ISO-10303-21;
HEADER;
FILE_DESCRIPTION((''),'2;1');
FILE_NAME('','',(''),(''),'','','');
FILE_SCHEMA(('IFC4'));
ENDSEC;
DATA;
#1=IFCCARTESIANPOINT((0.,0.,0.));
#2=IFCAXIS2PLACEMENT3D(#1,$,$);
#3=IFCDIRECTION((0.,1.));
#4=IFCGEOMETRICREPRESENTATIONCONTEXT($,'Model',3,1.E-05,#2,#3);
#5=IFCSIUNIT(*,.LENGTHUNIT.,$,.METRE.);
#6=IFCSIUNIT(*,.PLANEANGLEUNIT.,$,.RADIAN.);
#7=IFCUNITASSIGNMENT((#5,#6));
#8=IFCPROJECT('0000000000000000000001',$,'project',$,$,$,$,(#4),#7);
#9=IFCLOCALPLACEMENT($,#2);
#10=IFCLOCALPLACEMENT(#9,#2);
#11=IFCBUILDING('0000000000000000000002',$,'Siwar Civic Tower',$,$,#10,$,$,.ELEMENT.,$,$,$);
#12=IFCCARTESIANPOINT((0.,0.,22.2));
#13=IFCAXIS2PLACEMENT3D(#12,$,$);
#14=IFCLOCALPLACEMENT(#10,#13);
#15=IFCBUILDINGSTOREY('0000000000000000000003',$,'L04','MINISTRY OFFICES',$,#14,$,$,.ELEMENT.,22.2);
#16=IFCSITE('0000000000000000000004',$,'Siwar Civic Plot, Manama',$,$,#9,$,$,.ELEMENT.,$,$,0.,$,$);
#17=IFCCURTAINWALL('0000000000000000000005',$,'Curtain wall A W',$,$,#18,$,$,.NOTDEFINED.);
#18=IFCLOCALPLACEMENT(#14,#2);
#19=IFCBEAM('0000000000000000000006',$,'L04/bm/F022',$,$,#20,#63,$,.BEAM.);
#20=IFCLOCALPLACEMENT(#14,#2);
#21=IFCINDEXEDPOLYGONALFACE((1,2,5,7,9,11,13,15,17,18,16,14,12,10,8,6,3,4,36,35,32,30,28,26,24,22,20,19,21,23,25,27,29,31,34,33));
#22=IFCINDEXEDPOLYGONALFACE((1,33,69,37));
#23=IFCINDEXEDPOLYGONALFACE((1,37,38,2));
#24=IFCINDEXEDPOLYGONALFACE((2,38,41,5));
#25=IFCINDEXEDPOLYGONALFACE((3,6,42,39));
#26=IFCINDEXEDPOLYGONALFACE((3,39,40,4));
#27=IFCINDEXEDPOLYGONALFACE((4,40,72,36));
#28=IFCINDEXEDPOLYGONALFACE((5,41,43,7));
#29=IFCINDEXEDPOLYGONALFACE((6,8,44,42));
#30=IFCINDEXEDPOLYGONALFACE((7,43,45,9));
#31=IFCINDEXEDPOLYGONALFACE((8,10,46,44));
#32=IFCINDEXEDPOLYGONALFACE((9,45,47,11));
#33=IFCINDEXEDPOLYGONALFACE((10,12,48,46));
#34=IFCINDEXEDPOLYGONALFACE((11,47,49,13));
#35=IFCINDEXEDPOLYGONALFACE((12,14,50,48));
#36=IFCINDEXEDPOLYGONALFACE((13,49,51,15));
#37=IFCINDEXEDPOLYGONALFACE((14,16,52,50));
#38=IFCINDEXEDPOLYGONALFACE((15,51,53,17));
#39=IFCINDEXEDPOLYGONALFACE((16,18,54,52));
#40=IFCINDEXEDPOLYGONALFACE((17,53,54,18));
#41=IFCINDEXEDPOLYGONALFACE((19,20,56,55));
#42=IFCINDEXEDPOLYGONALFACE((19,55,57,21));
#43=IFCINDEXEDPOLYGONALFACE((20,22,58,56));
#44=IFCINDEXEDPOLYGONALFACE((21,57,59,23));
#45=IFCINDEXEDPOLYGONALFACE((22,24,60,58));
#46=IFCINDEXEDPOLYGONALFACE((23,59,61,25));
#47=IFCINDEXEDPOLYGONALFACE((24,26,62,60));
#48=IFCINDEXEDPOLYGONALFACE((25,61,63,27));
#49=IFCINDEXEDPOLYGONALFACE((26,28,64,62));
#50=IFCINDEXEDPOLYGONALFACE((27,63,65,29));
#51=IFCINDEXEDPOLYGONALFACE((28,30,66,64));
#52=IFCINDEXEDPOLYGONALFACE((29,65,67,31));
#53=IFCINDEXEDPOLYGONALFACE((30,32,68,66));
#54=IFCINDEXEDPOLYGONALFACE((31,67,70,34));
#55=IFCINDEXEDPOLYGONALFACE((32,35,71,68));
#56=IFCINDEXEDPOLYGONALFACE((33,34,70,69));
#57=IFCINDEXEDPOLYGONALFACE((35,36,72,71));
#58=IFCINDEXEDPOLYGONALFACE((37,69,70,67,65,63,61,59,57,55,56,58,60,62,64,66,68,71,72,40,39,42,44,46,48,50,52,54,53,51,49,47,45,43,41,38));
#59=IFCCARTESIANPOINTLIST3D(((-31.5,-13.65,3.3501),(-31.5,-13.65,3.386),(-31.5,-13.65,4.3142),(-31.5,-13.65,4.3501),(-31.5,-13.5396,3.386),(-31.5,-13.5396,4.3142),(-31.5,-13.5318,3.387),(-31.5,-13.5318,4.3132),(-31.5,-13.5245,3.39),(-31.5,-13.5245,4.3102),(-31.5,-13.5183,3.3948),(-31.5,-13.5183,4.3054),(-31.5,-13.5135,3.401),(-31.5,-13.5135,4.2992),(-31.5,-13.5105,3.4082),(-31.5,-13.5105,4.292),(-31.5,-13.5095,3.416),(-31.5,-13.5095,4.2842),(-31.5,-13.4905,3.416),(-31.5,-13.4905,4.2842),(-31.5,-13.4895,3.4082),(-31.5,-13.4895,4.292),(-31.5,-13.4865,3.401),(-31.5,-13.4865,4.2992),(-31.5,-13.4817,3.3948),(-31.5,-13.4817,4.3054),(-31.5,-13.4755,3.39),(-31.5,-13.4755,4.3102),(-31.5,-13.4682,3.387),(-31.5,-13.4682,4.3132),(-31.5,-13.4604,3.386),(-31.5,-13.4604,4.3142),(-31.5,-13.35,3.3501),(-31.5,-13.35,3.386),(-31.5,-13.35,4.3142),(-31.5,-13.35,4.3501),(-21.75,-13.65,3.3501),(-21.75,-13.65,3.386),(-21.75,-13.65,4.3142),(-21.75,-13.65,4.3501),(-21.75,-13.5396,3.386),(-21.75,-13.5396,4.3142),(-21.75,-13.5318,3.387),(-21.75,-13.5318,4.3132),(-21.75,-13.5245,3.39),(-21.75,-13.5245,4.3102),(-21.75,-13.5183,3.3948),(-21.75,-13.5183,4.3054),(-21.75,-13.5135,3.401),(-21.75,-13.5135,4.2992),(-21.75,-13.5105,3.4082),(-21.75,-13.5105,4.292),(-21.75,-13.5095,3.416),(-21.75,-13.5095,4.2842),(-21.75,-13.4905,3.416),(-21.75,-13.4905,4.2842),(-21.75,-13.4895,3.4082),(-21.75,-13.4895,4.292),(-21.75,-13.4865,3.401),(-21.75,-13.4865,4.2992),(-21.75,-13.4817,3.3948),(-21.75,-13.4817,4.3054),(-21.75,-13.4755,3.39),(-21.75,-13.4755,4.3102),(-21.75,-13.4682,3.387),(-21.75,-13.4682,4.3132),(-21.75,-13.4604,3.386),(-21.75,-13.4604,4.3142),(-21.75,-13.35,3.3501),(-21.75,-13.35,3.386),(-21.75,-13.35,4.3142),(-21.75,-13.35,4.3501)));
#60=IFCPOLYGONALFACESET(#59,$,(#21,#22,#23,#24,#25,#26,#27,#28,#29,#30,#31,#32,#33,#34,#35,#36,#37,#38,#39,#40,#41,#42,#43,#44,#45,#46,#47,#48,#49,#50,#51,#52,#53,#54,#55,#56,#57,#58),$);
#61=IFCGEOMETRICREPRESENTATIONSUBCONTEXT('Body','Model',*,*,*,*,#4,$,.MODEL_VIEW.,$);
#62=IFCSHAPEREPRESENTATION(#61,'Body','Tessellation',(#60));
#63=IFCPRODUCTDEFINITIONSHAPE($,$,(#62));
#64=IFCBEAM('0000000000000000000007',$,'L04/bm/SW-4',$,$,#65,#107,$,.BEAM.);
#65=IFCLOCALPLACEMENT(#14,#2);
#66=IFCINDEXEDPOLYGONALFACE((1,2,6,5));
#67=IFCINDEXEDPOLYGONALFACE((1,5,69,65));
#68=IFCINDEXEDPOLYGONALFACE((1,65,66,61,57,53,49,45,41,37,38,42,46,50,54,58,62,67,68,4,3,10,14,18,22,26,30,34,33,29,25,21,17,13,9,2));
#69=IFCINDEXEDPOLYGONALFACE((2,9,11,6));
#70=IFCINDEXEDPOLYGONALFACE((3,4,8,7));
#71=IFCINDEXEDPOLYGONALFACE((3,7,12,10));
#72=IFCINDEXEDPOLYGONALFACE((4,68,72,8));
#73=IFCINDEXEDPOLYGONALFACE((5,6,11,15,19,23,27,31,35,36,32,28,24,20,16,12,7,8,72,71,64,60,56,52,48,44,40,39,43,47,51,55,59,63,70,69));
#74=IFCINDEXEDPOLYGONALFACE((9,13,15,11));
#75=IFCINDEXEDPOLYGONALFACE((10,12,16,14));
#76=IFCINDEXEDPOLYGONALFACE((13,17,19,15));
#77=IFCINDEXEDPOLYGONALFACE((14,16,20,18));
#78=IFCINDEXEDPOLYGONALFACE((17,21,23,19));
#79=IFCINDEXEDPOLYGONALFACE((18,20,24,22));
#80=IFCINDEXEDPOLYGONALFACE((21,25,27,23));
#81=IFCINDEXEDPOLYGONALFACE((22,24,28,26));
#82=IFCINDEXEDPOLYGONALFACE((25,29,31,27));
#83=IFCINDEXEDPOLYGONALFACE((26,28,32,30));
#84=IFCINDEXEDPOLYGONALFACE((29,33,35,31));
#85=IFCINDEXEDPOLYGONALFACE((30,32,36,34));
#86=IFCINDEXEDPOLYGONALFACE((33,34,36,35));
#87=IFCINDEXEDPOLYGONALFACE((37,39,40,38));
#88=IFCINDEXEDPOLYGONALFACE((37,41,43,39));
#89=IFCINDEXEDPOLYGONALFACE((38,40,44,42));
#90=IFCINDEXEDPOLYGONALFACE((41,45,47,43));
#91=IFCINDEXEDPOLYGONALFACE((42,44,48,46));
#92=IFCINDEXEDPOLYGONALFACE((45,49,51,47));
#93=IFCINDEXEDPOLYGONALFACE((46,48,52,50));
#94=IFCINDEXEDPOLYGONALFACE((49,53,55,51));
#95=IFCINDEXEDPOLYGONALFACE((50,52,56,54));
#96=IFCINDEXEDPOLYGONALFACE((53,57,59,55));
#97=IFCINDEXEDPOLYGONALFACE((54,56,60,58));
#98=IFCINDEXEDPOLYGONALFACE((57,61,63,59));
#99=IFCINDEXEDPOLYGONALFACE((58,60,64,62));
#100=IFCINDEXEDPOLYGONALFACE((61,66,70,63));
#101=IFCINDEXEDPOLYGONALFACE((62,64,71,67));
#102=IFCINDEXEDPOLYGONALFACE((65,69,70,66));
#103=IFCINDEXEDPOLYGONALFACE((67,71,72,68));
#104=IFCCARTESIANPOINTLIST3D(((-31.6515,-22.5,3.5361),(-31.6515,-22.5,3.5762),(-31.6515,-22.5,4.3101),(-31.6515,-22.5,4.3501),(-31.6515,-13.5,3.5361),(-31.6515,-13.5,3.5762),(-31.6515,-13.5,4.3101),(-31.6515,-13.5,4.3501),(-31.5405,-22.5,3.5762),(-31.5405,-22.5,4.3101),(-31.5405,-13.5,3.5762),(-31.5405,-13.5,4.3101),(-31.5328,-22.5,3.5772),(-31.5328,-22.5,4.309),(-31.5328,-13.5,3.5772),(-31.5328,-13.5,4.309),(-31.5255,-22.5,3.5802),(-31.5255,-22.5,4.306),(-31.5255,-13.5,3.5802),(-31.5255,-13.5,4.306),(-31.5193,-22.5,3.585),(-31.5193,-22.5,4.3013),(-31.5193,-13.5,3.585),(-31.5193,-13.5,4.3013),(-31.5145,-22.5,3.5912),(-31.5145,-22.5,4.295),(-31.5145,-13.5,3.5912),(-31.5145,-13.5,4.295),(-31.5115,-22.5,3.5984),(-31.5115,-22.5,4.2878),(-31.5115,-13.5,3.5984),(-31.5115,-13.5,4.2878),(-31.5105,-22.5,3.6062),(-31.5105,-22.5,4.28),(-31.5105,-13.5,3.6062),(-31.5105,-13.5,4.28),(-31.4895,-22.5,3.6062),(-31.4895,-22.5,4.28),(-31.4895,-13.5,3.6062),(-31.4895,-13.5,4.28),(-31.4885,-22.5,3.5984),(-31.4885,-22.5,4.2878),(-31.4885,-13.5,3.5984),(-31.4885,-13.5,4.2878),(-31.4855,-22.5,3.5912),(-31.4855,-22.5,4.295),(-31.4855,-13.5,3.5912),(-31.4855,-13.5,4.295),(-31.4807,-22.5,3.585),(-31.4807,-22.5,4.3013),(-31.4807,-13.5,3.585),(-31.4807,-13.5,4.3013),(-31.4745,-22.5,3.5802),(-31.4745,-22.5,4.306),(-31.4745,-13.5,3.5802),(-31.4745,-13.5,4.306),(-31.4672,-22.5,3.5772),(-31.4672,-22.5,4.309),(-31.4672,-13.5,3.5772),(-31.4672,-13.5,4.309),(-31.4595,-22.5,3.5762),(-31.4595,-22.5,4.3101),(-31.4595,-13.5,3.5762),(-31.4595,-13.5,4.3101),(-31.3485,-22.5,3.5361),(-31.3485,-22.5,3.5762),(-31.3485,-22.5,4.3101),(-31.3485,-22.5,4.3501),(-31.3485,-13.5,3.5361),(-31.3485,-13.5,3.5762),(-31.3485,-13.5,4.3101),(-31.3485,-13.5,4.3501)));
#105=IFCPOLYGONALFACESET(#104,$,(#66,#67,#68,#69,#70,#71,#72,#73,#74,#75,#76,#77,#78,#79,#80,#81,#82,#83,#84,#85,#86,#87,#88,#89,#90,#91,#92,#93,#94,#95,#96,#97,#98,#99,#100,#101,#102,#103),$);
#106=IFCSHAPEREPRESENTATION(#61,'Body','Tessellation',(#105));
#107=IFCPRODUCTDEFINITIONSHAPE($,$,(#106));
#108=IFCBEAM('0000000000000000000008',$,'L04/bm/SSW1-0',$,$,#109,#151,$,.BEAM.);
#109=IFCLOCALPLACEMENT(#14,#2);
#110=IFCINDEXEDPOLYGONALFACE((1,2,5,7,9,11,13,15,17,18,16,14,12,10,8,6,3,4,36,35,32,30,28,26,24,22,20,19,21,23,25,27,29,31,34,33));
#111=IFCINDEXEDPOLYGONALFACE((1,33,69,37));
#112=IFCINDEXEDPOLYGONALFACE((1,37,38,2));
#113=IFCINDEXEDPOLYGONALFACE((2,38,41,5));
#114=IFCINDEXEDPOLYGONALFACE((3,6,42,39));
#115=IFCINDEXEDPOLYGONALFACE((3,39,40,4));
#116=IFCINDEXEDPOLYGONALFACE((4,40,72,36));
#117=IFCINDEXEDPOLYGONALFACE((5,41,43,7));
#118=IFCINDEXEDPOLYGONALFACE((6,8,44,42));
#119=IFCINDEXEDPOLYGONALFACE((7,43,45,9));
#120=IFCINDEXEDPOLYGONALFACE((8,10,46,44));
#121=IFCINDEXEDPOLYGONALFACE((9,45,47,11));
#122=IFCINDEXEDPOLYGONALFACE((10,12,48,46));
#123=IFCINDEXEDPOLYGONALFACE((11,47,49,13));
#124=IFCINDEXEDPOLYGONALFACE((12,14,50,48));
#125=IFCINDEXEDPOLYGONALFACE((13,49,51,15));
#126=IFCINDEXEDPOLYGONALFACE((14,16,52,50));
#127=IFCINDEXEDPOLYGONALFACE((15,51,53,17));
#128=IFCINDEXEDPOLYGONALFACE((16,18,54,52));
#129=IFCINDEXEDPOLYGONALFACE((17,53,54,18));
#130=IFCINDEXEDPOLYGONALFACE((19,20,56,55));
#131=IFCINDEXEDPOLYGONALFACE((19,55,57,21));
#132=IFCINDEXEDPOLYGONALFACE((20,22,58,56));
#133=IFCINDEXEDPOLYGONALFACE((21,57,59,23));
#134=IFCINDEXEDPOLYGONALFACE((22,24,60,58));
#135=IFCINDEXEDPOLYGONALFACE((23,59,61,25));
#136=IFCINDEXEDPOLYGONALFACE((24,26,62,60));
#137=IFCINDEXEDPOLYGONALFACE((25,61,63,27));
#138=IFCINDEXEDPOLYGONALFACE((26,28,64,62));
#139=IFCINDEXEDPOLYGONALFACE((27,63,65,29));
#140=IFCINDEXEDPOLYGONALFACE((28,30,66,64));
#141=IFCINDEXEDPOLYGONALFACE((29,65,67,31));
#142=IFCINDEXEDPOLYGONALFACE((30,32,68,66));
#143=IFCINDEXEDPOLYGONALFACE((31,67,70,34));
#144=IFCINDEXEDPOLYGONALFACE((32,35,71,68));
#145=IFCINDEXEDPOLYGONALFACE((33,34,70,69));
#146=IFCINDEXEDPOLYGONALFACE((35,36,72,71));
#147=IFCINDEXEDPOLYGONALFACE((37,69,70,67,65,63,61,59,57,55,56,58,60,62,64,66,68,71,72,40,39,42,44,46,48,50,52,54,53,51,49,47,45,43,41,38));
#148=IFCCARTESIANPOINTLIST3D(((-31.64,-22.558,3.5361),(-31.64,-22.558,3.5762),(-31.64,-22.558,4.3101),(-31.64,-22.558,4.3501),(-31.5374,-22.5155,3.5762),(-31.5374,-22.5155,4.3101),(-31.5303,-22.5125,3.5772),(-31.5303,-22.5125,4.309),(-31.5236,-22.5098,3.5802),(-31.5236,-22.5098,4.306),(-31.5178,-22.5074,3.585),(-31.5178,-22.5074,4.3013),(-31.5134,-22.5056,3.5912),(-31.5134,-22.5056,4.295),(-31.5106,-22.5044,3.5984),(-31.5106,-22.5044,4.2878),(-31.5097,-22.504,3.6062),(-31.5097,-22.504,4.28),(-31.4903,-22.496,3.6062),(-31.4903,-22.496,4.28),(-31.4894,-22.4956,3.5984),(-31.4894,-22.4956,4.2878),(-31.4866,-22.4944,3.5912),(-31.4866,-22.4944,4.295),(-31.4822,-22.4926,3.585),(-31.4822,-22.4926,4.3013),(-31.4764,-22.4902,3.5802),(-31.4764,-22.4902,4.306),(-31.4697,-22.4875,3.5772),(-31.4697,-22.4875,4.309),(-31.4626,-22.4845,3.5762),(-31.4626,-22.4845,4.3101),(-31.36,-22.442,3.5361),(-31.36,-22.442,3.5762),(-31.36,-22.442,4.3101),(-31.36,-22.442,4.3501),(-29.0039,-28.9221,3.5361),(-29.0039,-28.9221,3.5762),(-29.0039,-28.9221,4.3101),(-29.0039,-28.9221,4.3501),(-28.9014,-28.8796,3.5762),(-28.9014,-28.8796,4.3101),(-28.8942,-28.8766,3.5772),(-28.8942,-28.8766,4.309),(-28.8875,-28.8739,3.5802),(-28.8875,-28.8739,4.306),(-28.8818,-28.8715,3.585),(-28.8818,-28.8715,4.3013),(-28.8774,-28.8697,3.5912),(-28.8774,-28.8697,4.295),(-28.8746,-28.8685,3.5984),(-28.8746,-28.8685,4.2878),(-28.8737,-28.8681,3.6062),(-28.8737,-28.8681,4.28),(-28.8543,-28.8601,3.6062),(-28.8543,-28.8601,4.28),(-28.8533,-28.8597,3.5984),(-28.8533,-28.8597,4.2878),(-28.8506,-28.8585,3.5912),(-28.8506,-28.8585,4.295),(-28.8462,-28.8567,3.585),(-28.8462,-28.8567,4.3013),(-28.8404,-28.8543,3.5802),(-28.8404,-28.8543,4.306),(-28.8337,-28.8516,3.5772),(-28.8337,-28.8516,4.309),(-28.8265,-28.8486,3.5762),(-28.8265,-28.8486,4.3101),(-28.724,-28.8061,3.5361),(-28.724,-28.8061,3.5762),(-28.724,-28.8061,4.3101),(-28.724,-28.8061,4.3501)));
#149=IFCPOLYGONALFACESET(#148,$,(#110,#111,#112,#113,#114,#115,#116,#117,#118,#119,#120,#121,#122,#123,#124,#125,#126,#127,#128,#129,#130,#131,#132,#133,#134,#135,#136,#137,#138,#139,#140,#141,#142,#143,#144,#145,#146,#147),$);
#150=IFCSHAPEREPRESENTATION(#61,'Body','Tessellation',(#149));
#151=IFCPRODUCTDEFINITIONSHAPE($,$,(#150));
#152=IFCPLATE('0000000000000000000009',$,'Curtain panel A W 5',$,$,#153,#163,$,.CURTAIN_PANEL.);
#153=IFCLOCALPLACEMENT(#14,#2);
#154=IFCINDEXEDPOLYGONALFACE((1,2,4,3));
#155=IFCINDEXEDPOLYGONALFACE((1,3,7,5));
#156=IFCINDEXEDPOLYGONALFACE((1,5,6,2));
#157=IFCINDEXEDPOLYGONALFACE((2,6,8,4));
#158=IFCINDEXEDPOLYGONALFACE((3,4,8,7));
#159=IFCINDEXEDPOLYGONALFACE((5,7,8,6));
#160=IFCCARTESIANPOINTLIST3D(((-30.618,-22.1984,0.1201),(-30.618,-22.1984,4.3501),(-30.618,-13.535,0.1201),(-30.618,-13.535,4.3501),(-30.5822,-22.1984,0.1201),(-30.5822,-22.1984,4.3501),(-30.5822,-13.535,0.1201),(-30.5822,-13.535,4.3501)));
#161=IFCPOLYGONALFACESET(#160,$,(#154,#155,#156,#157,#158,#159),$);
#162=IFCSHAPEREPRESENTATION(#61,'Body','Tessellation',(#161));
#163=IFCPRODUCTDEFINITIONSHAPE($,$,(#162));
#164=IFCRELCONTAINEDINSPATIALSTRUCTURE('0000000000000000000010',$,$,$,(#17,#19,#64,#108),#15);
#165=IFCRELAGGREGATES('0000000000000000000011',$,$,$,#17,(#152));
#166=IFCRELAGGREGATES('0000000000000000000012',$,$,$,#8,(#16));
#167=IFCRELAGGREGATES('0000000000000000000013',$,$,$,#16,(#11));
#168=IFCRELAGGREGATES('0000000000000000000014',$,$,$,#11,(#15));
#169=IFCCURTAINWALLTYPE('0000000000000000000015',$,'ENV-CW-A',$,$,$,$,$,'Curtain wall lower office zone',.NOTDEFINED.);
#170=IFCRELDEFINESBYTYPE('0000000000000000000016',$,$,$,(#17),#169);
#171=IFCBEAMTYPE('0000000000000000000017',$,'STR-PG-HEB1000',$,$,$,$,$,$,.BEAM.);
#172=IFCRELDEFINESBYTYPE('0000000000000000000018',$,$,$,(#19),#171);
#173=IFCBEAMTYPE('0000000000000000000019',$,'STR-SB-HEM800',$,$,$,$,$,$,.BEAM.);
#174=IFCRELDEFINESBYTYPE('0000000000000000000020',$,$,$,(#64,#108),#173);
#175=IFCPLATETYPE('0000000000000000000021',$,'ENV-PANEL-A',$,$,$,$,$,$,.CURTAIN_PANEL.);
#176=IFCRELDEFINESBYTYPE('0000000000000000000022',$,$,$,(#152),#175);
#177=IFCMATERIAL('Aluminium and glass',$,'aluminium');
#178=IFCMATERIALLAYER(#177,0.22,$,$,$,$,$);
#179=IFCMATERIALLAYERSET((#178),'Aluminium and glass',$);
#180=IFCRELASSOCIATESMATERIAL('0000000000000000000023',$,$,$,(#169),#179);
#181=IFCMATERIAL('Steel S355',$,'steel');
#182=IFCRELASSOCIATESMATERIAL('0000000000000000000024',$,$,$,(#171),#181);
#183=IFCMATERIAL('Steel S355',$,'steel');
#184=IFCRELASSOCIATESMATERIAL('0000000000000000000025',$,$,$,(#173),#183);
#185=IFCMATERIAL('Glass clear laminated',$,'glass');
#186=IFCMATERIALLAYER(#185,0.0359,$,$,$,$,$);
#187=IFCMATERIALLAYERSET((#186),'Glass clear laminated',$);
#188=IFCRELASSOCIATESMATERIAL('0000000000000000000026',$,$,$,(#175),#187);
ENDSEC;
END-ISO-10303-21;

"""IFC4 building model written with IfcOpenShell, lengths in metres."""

from ifc_helpers import new_model, si_unit, direction, frame, origin, origin_2d, place, context, subcontext, project, spatial, rectangle, i_section, extrude, material, layer, layer_set, material_profile, profile_set, type_object, element, aggregate, save


model = new_model("IFC4")

# Units and contexts
model_context = context("Model", 3, precision=1e-05, world=origin(), true_north=direction((0.0, 1.0)))
body_context = subcontext(model_context, "Body", "Model", "MODEL_VIEW")
ifc_project = project(units=[si_unit("LENGTHUNIT", "METRE"), si_unit("PLANEANGLEUNIT", "RADIAN")], contexts=[model_context])

# Site, building, storey
site_placement = place(None, origin())
site = spatial("IfcSite", under=ifc_project, at=site_placement, Name="Siwar Civic Plot, Manama", CompositionType="ELEMENT", RefElevation=0.0)
building_placement = place(site_placement, origin())
building = spatial("IfcBuilding", under=site, at=building_placement, Name="Siwar Civic Tower", CompositionType="ELEMENT")
storey_placement = place(building_placement, frame((0.0, 0.0, 22.2)))
storey = spatial("IfcBuildingStorey", under=building, at=storey_placement, Name="L04", Description="MINISTRY OFFICES", CompositionType="ELEMENT", Elevation=22.2)

# Curtain wall
ifc_material_1 = material(Name="Aluminium and glass", Category="aluminium")
ifc_layer_1 = layer(ifc_material_1, 0.22)
ifc_layer_set_1 = layer_set([ifc_layer_1], Name="Aluminium and glass")
curtain_wall_type_1 = type_object("IfcCurtainWallType", Name="ENV-CW-A", ElementType="Curtain wall lower office zone", PredefinedType="NOTDEFINED", material=ifc_layer_set_1)
curtain_wall_1_placement = place(storey_placement, origin())
curtain_wall_1 = element("IfcCurtainWall", 1, at=curtain_wall_1_placement, inside=storey, type_object=curtain_wall_type_1, Name="Curtain wall A W", PredefinedType="NOTDEFINED")

# Beams
ifc_material_2 = material(Name="Steel S355", Category="steel")
ifc_material_profile_1 = material_profile(ifc_material_2, i_section(OverallWidth=0.3, OverallDepth=1.0, WebThickness=0.019, FlangeThickness=0.0359, FilletRadius=0.03, at=origin_2d()), Name="HEB1000")
ifc_profile_set_1 = profile_set([ifc_material_profile_1], Name="Steel S355")
beam_type_1 = type_object("IfcBeamType", Name="STR-PG-HEB1000", PredefinedType="BEAM", material=ifc_profile_set_1)
beam_1_placement = place(storey_placement, frame((-31.5, -13.5, 3.8501), z_axis=(1.0, 0.0, 0.0), x_axis=(0.0, 1.0, 0.0)))
element("IfcBeam", 2, at=beam_1_placement, inside=storey, type_object=beam_type_1, Name="L04/bm/F022", PredefinedType="BEAM", context=body_context, shape_type="SweptSolid", body=[
    extrude(i_section(OverallWidth=0.3, OverallDepth=1.0, WebThickness=0.019, FlangeThickness=0.0359, FilletRadius=0.03, at=origin_2d()), origin(), (0.0, 0.0, 1.0), 9.75),
])
ifc_material_3 = material(Name="Steel S355", Category="steel")
ifc_material_profile_2 = material_profile(ifc_material_3, i_section(OverallWidth=0.303, OverallDepth=0.814, WebThickness=0.021, FlangeThickness=0.04, FilletRadius=0.03, at=origin_2d()), Name="HEM800")
ifc_profile_set_2 = profile_set([ifc_material_profile_2], Name="Steel S355")
beam_type_2 = type_object("IfcBeamType", Name="STR-SB-HEM800", PredefinedType="BEAM", material=ifc_profile_set_2)
beam_2_placement = place(storey_placement, frame((-31.5, -13.5, 3.9431), z_axis=(0.0, -1.0, 0.0), x_axis=(1.0, 0.0, 0.0)))
element("IfcBeam", 3, at=beam_2_placement, inside=storey, type_object=beam_type_2, Name="L04/bm/SW-4", PredefinedType="BEAM", context=body_context, shape_type="SweptSolid", body=[
    extrude(i_section(OverallWidth=0.303, OverallDepth=0.814, WebThickness=0.021, FlangeThickness=0.04, FilletRadius=0.03, at=origin_2d()), origin(), (0.0, 0.0, 1.0), 9.0),
])
beam_3_placement = place(storey_placement, frame((-31.5, -22.5, 3.9431), z_axis=(0.382674, -0.923883, 0.0), x_axis=(0.923883, 0.382674, 0.0)))
element("IfcBeam", 4, at=beam_3_placement, inside=storey, type_object=beam_type_2, Name="L04/bm/SSW1-0", PredefinedType="BEAM", context=body_context, shape_type="SweptSolid", body=[
    extrude(i_section(OverallWidth=0.303, OverallDepth=0.814, WebThickness=0.021, FlangeThickness=0.04, FilletRadius=0.03, at=origin_2d()), origin(), (0.0, 0.0, 1.0), 6.8884),
])

# Plate
ifc_material_4 = material(Name="Glass clear laminated", Category="glass")
ifc_layer_2 = layer(ifc_material_4, 0.0359)
ifc_layer_set_2 = layer_set([ifc_layer_2], Name="Glass clear laminated")
plate_type = type_object("IfcPlateType", Name="ENV-PANEL-A", PredefinedType="CURTAIN_PANEL", material=ifc_layer_set_2)
plate_placement = place(storey_placement, frame((-30.6001, -17.8667, 0.1201), z_axis=(0.0, 0.0, 1.0), x_axis=(0.0, -1.0, 0.0)))
plate = element("IfcPlate", 5, at=plate_placement, type_object=plate_type, Name="Curtain panel A W 5", PredefinedType="CURTAIN_PANEL", context=body_context, shape_type="SweptSolid", body=[
    extrude(rectangle(XDim=8.6633, YDim=0.0359, at=origin_2d()), origin(), (0.0, 0.0, 1.0), 4.23),
])
aggregate(curtain_wall_1, [plate])

save(model, "model.ifc")
